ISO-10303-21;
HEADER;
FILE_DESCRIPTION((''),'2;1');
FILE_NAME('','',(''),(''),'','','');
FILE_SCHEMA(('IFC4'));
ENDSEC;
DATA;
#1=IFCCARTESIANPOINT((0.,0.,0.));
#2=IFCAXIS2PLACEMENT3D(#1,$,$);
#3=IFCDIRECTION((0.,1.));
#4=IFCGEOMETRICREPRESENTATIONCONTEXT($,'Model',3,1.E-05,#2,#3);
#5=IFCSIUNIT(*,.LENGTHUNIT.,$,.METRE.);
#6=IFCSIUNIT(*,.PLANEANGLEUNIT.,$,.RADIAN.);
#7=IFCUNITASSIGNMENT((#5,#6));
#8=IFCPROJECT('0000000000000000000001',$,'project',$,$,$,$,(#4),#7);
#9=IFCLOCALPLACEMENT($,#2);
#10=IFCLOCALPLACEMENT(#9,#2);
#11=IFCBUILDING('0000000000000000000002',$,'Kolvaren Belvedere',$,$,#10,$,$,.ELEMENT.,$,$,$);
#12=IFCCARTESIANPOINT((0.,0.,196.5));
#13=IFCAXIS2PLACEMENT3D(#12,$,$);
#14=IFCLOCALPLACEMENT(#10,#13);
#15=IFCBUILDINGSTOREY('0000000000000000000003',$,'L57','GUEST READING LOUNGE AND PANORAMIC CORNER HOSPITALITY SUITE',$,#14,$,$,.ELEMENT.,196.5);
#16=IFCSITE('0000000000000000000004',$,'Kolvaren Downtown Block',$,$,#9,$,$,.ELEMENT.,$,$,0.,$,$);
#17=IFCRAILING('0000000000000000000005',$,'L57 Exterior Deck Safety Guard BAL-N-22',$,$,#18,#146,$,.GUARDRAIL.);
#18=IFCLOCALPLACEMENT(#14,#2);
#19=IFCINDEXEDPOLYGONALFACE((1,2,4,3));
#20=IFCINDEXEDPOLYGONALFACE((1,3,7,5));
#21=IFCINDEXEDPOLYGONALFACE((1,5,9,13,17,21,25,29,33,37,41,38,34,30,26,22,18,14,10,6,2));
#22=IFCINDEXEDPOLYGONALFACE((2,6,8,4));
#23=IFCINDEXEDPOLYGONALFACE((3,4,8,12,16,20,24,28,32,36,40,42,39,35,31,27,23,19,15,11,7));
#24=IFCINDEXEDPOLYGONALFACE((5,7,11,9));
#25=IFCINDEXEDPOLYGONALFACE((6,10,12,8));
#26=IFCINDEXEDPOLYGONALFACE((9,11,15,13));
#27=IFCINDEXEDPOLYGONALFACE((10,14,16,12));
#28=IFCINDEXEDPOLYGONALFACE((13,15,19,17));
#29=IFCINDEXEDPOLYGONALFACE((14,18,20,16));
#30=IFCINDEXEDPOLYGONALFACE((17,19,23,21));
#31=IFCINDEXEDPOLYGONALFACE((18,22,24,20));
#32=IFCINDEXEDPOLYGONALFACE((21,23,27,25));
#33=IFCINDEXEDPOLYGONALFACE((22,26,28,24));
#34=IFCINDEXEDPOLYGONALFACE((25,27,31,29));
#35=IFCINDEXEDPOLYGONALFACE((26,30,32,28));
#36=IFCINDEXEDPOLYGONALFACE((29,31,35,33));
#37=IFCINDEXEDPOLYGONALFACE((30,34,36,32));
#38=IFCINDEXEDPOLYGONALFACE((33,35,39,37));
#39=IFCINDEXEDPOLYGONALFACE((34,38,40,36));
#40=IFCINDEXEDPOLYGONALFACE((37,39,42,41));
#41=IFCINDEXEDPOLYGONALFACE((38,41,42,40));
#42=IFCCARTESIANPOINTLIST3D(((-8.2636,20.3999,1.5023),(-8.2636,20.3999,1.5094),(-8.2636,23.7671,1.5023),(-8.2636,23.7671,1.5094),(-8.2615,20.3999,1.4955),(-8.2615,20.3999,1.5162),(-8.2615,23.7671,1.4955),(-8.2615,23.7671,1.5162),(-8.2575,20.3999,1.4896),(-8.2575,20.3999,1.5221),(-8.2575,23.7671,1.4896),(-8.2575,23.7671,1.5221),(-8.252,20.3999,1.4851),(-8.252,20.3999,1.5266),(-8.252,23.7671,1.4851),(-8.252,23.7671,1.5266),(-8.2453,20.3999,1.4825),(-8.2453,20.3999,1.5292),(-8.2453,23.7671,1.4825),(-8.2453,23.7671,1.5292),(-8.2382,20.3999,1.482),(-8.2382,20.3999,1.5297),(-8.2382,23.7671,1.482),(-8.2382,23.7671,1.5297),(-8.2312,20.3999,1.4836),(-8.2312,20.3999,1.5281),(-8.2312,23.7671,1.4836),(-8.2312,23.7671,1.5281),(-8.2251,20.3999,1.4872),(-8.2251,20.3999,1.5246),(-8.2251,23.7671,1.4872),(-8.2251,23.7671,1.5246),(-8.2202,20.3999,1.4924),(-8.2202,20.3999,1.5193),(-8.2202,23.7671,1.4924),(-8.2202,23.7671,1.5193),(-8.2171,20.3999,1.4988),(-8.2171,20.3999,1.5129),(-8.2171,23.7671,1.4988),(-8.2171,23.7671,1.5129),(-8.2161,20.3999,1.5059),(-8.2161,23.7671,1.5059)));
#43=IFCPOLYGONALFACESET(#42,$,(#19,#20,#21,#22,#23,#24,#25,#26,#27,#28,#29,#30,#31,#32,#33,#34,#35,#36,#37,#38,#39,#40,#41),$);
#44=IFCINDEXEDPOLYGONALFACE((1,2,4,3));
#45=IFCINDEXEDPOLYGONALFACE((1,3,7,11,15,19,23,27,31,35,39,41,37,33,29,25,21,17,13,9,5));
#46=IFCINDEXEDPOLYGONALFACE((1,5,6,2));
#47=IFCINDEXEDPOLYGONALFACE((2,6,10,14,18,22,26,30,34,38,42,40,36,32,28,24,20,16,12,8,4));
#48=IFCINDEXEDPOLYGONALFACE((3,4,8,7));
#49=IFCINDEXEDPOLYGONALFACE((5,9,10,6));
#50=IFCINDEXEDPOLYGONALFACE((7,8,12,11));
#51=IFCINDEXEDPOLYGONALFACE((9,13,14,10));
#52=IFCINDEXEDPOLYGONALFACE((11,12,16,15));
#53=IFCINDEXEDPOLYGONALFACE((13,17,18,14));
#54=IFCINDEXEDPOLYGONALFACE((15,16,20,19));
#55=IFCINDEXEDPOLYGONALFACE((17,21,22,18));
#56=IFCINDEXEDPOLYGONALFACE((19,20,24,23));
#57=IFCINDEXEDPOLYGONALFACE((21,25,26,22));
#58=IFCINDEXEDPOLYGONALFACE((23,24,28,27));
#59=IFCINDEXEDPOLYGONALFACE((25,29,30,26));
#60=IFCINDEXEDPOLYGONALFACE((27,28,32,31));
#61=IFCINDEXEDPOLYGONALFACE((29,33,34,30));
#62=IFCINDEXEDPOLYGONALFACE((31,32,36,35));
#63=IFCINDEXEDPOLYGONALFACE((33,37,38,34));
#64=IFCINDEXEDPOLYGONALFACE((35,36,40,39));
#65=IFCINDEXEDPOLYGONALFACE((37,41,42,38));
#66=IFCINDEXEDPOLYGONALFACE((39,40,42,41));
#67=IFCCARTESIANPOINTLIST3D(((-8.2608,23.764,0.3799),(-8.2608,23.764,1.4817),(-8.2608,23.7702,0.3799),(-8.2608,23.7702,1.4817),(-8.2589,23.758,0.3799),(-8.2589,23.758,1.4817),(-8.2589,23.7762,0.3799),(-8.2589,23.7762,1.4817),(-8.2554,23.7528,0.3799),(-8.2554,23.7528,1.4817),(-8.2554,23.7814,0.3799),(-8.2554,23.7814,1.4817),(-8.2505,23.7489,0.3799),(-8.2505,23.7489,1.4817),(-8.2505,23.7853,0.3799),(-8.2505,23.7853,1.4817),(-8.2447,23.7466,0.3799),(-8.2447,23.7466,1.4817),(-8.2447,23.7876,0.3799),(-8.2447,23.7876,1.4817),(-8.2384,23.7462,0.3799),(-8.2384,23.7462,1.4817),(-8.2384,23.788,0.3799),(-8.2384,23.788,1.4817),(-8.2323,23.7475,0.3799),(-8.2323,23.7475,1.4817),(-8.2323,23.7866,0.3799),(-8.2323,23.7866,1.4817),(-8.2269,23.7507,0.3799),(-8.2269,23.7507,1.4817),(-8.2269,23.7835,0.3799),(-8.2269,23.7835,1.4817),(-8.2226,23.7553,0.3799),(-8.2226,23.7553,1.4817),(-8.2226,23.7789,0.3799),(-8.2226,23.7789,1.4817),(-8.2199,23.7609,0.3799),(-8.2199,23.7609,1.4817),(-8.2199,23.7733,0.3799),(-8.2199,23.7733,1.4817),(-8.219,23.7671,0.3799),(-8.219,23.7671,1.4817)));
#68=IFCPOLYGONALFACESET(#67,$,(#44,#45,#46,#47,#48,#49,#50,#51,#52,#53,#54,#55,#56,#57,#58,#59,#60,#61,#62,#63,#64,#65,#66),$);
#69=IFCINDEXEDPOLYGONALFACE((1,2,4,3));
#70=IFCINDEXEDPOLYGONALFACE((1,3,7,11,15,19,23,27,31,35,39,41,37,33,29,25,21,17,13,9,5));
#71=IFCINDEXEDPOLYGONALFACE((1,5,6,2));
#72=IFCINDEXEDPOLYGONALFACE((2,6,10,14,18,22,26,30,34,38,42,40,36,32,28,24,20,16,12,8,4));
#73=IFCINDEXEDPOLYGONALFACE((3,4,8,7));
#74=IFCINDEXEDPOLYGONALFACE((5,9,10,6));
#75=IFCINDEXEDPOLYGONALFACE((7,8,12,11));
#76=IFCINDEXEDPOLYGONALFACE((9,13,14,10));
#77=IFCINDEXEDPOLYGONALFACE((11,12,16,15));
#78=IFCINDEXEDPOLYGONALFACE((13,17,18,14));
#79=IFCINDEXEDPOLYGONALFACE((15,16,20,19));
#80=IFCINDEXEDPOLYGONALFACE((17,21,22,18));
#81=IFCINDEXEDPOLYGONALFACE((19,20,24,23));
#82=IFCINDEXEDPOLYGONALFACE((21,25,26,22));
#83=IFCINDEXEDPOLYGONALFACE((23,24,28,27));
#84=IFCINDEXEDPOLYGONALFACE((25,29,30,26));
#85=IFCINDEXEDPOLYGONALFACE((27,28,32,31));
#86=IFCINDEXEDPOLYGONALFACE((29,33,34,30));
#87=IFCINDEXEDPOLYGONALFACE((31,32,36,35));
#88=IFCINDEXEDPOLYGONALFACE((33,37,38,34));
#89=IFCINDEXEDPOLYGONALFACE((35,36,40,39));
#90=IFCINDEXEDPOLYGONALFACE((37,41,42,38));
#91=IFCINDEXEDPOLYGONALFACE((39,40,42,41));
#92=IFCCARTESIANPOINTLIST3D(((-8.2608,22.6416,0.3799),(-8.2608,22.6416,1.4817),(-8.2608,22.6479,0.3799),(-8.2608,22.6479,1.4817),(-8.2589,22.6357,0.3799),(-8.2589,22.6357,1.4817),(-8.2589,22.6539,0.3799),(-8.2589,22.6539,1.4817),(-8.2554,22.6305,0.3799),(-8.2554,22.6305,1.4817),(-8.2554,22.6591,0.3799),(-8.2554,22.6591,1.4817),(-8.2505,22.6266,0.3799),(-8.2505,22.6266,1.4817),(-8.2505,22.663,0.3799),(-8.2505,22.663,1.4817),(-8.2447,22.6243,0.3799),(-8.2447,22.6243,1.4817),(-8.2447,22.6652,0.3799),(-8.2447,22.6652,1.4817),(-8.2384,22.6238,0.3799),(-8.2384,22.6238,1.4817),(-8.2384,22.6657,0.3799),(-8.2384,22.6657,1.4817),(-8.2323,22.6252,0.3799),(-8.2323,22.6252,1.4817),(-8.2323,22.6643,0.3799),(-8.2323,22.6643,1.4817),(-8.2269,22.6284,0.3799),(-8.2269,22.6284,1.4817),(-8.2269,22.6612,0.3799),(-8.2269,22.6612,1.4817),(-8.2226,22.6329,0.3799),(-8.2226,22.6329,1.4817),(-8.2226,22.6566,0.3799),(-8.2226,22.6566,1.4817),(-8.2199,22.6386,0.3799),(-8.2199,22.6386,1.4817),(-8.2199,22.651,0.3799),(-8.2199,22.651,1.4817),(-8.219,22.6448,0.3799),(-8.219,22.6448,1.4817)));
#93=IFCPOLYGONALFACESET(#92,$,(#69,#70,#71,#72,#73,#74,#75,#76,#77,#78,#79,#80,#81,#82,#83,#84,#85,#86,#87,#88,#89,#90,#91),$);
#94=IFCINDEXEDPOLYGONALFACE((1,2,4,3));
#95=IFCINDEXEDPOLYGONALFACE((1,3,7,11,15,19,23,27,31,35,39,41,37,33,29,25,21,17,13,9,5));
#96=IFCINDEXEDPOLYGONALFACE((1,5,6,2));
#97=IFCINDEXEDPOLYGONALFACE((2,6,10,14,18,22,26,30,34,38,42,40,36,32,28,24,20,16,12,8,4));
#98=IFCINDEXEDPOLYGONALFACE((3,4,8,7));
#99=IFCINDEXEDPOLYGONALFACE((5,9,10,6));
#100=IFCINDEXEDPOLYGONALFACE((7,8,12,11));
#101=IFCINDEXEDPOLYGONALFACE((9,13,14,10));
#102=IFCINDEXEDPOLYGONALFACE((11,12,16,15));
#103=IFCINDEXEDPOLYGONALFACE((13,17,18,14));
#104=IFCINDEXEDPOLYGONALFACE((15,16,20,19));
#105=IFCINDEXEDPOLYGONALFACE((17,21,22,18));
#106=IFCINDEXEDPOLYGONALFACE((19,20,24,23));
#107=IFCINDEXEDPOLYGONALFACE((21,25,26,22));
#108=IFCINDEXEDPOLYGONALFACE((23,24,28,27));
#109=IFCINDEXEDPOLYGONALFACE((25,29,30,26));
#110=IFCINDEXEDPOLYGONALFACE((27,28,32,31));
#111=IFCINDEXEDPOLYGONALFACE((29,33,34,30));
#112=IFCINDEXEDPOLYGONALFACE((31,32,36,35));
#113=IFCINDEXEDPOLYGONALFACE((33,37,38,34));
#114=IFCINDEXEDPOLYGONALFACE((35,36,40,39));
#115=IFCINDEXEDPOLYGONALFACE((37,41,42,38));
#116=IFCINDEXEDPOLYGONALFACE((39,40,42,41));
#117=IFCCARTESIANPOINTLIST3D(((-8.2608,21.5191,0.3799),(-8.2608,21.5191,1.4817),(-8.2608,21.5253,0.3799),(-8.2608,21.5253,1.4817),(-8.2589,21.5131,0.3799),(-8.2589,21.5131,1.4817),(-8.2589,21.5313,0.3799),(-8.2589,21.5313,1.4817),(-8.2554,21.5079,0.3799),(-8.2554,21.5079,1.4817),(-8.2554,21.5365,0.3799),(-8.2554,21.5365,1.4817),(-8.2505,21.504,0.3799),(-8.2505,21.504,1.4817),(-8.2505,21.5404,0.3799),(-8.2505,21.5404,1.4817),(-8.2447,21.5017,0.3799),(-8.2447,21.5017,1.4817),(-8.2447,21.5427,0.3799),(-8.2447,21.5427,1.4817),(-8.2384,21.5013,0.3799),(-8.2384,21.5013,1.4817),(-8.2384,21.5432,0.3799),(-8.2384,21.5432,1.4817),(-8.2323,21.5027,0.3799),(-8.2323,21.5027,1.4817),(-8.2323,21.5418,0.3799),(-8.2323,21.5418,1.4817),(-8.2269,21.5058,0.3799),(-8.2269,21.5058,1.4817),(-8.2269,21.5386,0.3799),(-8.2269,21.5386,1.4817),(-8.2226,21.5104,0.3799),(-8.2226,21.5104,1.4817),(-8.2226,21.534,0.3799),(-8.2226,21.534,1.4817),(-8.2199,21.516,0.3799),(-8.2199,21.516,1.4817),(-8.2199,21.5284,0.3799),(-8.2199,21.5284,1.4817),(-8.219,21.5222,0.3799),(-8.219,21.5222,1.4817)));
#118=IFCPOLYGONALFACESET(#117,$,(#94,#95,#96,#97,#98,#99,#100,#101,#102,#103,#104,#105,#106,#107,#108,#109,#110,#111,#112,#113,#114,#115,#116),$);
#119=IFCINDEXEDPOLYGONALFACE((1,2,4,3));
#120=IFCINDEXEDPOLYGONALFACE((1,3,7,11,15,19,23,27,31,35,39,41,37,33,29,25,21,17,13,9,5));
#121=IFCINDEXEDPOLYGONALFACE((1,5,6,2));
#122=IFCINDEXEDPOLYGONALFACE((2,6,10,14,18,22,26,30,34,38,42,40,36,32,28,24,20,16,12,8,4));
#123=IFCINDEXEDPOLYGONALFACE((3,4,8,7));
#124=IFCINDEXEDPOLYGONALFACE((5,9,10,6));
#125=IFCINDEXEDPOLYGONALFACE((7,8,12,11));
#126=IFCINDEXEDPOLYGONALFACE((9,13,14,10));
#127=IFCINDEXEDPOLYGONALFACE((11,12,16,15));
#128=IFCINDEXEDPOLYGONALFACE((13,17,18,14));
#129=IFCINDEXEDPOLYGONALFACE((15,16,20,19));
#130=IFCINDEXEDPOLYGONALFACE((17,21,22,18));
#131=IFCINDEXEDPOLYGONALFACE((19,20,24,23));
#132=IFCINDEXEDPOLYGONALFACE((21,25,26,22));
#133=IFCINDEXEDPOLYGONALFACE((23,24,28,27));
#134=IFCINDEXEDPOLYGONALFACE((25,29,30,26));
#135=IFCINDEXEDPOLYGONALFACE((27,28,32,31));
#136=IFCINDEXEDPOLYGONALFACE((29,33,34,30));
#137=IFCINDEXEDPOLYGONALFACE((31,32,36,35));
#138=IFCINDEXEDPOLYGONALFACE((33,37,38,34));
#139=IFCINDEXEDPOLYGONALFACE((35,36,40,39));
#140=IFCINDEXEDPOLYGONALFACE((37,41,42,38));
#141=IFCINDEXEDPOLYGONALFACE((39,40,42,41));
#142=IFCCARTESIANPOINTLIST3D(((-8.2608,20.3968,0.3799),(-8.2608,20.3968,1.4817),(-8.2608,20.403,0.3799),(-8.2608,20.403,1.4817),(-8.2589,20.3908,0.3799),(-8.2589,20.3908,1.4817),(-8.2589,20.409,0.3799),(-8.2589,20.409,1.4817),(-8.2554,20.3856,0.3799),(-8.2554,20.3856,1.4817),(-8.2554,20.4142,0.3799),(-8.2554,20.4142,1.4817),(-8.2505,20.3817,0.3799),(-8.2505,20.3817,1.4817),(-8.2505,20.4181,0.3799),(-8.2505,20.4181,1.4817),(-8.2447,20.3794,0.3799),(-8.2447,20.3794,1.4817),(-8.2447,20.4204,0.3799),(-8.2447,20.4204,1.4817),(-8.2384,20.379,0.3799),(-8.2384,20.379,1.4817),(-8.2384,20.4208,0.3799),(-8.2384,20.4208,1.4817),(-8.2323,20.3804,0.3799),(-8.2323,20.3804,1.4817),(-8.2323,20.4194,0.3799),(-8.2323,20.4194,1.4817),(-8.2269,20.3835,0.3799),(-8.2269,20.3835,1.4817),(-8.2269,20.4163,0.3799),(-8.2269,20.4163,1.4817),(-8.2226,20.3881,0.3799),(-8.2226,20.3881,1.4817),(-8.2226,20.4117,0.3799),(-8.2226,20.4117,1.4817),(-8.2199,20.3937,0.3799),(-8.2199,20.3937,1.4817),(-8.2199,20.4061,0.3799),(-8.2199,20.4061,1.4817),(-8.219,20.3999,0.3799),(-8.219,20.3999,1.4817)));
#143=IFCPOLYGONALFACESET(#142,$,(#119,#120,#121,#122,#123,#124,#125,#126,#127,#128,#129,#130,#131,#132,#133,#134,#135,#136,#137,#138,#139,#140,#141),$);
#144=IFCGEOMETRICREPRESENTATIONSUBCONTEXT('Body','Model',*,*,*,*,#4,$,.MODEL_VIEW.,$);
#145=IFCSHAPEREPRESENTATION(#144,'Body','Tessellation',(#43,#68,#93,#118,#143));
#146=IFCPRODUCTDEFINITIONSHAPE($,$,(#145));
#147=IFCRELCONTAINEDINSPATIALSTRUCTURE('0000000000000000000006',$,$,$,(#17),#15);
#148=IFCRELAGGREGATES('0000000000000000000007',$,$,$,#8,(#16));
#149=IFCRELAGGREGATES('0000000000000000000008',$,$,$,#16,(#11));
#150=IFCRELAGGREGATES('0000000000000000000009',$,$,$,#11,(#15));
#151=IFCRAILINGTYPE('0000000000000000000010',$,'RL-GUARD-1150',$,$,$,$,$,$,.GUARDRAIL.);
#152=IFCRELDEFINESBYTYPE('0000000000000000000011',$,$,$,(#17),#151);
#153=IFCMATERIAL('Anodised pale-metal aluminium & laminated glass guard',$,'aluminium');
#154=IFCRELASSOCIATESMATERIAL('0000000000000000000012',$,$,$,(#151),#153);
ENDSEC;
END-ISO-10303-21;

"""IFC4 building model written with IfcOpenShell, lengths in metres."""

from ifc_helpers import new_model, si_unit, direction, frame, origin, origin_2d, place, context, subcontext, project, spatial, circle, extrude, material, type_object, element, save


model = new_model("IFC4")

# Units and contexts
model_context = context("Model", 3, precision=1e-05, world=origin(), true_north=direction((0.0, 1.0)))
body_context = subcontext(model_context, "Body", "Model", "MODEL_VIEW")
ifc_project = project(units=[si_unit("LENGTHUNIT", "METRE"), si_unit("PLANEANGLEUNIT", "RADIAN")], contexts=[model_context])

# Site, building, storey
site_placement = place(None, origin())
site = spatial("IfcSite", under=ifc_project, at=site_placement, Name="Kolvaren Downtown Block", CompositionType="ELEMENT", RefElevation=0.0)
building_placement = place(site_placement, origin())
building = spatial("IfcBuilding", under=site, at=building_placement, Name="Kolvaren Belvedere", CompositionType="ELEMENT")
storey_placement = place(building_placement, frame((0.0, 0.0, 196.5)))
storey = spatial("IfcBuildingStorey", under=building, at=storey_placement, Name="L57", Description="GUEST READING LOUNGE AND PANORAMIC CORNER HOSPITALITY SUITE", CompositionType="ELEMENT", Elevation=196.5)

# Railing
ifc_material_1 = material(Name="Anodised pale-metal aluminium & laminated glass guard", Category="aluminium")
railing_type = type_object("IfcRailingType", Name="RL-GUARD-1150", PredefinedType="GUARDRAIL", material=ifc_material_1)
railing_1_placement = place(storey_placement, frame((-8.24, 23.7671, 0.3799)))
element("IfcRailing", 1, at=railing_1_placement, inside=storey, type_object=railing_type, Name="L57 Exterior Deck Safety Guard BAL-N-22", PredefinedType="GUARDRAIL", context=body_context, shape_type="SweptSolid", body=[
    extrude(circle(Radius=0.0239, at=origin_2d()), frame((0.0, 0.0, 1.126), z_axis=(0.0, -1.0, 0.0), x_axis=(1.0, 0.0, 0.0)), (0.0, 0.0, 1.0), 3.3672),
    extrude(circle(Radius=0.021, at=origin_2d()), origin(), (0.0, 0.0, 1.0), 1.1018),
    extrude(circle(Radius=0.021, at=origin_2d()), frame((0.0, -1.1223, 0.0)), (0.0, 0.0, 1.0), 1.1018),
    extrude(circle(Radius=0.021, at=origin_2d()), frame((0.0, -2.2449, 0.0)), (0.0, 0.0, 1.0), 1.1018),
    extrude(circle(Radius=0.021, at=origin_2d()), frame((0.0, -3.3672, 0.0)), (0.0, 0.0, 1.0), 1.1018),
])

save(model, "model.ifc")
